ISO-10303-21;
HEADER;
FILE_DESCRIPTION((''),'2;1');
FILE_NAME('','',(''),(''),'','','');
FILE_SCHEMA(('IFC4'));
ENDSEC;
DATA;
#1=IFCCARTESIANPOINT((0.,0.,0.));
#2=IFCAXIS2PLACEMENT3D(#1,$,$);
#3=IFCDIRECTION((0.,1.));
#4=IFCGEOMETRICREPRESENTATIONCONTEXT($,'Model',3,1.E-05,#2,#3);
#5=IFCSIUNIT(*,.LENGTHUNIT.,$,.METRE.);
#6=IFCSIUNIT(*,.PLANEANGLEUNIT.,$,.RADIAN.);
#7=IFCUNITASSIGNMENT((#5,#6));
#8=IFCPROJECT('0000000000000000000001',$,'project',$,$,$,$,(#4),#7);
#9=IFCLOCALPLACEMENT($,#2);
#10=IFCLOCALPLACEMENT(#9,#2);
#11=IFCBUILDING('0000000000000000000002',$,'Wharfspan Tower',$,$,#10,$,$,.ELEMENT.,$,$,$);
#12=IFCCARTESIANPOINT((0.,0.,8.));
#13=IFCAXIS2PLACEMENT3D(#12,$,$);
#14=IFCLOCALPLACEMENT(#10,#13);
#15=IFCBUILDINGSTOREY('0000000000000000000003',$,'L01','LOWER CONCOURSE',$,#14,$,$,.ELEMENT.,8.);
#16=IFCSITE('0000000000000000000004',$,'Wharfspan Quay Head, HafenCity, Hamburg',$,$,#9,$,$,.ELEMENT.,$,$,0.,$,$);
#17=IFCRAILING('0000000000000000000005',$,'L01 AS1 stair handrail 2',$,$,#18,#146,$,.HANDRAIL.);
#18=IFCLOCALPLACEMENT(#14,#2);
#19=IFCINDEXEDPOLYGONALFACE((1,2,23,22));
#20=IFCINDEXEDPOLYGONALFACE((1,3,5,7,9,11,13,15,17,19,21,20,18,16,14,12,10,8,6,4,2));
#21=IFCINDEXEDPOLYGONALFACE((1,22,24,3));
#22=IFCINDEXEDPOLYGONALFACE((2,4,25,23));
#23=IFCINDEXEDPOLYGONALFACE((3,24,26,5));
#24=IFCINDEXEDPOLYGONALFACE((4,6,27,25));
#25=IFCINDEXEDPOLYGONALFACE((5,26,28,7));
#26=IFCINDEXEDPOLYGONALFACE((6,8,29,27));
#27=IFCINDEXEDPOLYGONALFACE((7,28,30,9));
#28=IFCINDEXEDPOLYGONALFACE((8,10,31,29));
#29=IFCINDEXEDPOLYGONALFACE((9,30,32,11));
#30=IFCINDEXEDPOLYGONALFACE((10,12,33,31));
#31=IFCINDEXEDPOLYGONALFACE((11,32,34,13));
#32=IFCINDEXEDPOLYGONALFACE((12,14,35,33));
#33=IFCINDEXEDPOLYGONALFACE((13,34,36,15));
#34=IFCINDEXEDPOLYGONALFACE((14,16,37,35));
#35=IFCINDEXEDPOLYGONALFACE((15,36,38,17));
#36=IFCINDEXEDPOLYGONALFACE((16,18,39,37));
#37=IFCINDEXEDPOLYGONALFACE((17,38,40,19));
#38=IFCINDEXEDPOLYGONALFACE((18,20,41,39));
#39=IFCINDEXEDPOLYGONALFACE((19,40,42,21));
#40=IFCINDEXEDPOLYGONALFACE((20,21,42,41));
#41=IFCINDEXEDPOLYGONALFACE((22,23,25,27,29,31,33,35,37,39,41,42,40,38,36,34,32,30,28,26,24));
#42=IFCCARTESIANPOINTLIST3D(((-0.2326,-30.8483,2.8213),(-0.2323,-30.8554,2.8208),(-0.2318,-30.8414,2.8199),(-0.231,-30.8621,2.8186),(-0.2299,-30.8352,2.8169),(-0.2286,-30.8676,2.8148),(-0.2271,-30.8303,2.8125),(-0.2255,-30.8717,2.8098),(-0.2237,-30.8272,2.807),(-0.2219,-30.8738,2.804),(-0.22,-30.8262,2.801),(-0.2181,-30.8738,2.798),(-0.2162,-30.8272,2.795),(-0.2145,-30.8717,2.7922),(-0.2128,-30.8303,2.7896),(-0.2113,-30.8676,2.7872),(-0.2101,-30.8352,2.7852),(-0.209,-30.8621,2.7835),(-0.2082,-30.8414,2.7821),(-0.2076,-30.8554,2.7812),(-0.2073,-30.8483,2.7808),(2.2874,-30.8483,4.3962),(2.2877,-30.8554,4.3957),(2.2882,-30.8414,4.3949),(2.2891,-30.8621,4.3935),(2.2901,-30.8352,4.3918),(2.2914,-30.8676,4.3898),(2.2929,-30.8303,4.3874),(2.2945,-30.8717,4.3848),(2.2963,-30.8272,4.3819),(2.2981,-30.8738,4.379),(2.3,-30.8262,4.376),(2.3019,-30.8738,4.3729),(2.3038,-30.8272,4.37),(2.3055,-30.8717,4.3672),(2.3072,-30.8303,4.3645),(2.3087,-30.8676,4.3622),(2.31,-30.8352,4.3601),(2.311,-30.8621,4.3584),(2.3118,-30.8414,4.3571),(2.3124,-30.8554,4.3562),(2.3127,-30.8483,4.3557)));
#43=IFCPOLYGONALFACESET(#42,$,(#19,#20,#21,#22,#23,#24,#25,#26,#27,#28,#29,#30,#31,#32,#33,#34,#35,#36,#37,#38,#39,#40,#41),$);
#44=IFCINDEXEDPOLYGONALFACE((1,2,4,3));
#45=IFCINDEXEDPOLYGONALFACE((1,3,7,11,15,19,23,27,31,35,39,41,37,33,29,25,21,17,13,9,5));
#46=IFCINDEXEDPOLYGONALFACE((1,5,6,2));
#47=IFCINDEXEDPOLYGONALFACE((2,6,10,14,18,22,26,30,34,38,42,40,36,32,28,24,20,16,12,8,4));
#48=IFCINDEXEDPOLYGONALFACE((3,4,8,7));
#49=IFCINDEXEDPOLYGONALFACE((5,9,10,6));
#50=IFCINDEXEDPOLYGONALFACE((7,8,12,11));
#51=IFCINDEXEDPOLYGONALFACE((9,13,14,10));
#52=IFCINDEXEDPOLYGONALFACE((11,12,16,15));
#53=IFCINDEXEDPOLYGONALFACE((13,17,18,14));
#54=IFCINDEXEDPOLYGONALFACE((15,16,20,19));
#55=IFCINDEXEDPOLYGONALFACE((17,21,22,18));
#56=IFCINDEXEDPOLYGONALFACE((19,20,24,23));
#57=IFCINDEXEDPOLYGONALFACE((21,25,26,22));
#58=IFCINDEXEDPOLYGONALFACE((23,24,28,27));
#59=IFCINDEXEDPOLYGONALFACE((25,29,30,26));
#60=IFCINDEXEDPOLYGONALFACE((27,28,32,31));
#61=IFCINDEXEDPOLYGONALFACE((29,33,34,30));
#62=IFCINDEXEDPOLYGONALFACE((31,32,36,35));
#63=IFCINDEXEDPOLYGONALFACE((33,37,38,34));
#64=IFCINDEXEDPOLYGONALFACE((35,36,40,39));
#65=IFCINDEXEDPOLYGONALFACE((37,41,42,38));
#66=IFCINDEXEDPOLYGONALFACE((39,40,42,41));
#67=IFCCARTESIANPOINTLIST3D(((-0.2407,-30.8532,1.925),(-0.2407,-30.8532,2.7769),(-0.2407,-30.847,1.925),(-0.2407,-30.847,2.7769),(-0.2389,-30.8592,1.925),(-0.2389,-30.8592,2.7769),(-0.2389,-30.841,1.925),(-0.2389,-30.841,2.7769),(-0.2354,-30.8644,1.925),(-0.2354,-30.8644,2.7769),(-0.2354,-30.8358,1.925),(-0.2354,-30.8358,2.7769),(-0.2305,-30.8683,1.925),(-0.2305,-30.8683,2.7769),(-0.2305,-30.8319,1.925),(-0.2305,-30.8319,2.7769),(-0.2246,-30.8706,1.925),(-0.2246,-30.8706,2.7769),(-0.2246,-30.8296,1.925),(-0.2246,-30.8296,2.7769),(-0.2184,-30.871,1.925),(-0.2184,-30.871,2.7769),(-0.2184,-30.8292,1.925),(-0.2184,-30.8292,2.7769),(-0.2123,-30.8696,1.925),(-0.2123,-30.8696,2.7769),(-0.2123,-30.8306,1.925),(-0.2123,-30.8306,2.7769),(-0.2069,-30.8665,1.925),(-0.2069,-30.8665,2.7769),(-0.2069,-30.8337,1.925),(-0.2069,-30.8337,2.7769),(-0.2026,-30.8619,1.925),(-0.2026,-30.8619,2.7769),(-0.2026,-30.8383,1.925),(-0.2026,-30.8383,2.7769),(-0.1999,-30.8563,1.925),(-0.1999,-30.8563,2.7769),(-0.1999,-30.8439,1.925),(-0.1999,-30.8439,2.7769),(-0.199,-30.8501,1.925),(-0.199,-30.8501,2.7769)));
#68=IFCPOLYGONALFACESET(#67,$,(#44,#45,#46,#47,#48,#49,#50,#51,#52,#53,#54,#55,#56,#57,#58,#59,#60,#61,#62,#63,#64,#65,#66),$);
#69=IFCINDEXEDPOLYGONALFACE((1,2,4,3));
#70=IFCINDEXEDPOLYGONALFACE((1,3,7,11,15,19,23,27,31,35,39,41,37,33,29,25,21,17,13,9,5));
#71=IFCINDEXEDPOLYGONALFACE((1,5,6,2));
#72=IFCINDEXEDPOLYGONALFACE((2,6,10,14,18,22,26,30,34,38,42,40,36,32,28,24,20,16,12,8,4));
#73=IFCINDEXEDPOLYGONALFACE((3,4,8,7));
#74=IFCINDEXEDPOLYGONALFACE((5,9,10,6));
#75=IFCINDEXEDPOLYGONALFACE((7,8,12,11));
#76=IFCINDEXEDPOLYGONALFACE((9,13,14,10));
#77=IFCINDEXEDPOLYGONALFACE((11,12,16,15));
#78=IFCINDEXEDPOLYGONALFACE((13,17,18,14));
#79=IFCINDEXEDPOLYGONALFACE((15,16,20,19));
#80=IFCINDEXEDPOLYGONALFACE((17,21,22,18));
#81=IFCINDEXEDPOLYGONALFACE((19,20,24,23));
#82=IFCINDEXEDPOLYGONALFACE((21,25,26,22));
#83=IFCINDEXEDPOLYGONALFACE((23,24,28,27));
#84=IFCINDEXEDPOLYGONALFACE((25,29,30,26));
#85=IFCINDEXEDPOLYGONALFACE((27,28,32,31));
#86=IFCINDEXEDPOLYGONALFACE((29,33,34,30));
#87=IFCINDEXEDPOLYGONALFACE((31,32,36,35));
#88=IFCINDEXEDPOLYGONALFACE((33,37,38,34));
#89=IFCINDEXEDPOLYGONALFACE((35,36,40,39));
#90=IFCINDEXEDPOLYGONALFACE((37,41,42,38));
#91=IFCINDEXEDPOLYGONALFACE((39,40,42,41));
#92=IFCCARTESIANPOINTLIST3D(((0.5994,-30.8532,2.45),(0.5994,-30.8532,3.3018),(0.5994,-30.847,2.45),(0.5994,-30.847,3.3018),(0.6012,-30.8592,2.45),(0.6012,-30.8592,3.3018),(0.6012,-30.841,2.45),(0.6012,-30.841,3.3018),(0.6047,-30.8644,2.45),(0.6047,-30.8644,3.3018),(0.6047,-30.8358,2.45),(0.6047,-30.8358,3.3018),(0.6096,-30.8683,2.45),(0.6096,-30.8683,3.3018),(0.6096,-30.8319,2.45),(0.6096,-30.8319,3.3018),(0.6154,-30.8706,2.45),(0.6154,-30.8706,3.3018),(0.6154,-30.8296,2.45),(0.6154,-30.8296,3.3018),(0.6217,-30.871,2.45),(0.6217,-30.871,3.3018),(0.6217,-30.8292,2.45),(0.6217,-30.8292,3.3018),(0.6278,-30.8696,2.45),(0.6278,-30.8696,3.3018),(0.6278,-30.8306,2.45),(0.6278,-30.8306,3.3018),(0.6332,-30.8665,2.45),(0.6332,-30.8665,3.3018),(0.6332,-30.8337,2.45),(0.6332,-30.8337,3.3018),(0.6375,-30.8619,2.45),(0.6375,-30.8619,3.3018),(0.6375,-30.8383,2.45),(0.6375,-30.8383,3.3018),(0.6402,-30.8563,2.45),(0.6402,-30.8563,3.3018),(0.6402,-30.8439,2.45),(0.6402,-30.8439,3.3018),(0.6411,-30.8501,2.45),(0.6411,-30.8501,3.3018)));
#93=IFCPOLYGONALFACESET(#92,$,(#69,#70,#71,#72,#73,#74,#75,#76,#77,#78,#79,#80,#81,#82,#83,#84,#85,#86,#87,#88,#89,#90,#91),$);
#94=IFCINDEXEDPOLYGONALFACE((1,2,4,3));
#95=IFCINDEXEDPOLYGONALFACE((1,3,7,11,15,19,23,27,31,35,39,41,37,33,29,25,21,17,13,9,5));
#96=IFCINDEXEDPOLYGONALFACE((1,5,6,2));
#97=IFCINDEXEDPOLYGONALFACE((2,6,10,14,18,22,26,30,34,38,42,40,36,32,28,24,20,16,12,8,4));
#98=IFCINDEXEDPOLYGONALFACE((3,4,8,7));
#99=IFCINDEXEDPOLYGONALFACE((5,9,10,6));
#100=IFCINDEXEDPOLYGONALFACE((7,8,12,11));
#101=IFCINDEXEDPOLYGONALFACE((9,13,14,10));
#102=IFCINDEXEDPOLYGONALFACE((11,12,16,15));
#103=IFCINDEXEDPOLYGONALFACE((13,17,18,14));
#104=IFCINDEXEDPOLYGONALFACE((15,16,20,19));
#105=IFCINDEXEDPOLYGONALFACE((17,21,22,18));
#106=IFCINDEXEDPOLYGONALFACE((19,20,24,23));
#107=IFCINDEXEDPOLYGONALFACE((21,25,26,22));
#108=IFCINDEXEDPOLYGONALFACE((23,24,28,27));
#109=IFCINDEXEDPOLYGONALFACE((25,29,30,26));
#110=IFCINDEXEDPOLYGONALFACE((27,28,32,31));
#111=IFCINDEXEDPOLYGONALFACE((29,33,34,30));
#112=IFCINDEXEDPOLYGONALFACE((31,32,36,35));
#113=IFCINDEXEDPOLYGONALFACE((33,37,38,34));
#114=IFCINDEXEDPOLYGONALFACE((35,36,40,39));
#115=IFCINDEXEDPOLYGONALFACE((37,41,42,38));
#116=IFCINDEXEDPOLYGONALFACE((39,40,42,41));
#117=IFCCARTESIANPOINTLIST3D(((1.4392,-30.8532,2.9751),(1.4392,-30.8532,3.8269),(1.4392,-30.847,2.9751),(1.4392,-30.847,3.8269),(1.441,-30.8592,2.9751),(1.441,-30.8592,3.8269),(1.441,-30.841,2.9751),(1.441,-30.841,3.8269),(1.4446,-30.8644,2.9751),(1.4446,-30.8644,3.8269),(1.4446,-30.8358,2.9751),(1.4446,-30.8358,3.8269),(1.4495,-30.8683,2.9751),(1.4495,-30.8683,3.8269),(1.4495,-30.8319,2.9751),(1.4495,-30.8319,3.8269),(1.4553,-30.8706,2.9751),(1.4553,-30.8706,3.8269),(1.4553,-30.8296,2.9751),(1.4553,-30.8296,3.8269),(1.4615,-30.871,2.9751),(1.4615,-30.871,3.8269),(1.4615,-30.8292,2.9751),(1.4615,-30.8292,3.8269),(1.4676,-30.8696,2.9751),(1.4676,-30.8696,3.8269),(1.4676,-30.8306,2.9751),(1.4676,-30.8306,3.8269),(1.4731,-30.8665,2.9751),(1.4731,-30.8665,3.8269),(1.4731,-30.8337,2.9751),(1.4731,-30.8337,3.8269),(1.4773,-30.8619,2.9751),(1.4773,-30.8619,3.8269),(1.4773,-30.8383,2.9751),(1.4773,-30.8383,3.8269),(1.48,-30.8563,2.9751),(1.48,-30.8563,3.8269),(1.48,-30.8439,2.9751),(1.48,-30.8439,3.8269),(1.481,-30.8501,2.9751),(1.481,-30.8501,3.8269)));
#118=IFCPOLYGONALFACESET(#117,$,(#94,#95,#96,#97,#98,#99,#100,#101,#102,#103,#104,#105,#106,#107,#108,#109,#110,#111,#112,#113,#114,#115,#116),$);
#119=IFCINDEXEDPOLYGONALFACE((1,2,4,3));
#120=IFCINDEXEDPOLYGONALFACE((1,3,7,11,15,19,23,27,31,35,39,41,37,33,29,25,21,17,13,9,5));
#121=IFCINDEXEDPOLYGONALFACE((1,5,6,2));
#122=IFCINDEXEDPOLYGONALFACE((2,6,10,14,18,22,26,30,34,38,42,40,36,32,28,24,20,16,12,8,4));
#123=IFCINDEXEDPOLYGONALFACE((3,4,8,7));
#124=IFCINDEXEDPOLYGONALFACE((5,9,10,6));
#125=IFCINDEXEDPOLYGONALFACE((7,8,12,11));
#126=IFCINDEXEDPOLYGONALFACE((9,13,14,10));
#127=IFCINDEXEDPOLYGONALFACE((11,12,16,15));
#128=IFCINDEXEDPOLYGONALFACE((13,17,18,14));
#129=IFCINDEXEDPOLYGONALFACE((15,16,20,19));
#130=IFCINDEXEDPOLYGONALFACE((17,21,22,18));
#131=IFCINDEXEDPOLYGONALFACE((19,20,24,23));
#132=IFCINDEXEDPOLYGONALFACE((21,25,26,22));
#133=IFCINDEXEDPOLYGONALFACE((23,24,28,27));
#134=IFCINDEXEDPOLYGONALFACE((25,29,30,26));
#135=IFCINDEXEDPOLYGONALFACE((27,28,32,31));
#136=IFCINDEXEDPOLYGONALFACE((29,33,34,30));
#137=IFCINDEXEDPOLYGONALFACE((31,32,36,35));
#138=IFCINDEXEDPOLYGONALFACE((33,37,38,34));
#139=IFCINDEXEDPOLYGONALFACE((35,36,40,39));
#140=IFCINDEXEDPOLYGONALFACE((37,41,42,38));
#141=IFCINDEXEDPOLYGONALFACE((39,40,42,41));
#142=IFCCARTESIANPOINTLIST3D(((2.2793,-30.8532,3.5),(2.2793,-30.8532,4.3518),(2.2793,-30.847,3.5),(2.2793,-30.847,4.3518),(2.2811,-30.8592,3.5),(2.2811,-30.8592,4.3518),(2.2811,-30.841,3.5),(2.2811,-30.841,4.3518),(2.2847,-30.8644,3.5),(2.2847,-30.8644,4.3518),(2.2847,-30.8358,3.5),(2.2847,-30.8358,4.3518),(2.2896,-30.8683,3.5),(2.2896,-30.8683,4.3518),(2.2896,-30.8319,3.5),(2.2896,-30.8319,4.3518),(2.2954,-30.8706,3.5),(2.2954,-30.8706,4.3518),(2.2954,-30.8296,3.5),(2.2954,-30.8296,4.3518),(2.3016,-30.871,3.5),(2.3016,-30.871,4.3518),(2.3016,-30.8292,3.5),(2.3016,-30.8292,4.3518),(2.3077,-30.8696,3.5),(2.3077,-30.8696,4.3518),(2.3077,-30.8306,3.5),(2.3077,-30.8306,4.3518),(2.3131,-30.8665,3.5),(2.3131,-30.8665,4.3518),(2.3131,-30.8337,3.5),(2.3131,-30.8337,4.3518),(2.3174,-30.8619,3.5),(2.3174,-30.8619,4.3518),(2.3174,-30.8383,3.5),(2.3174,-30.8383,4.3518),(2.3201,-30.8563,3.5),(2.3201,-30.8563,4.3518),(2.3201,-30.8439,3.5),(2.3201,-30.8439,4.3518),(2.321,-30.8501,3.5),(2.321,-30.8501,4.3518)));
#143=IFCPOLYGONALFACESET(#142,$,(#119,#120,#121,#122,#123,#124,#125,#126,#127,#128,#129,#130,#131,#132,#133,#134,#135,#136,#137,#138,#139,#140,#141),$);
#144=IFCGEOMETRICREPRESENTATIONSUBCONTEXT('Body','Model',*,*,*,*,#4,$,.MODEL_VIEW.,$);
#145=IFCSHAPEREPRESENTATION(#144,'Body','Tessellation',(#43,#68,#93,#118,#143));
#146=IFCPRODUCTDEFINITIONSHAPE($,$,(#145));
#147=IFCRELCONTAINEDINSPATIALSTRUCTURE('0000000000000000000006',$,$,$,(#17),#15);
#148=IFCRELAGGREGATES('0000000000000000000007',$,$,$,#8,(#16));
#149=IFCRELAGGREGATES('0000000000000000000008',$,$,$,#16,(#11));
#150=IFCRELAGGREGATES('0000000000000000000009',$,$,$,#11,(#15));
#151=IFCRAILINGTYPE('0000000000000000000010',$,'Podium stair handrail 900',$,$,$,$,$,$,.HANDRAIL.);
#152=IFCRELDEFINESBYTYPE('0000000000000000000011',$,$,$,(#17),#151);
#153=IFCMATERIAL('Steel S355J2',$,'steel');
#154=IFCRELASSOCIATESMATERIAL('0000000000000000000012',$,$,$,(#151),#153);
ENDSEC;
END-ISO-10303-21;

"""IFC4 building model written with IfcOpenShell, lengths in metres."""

from ifc_helpers import new_model, si_unit, direction, frame, origin, origin_2d, place, context, subcontext, project, spatial, circle, extrude, material, type_object, element, save


model = new_model("IFC4")

# Units and contexts
model_context = context("Model", 3, precision=1e-05, world=origin(), true_north=direction((0.0, 1.0)))
body_context = subcontext(model_context, "Body", "Model", "MODEL_VIEW")
ifc_project = project(units=[si_unit("LENGTHUNIT", "METRE"), si_unit("PLANEANGLEUNIT", "RADIAN")], contexts=[model_context])

# Site, building, storey
site_placement = place(None, origin())
site = spatial("IfcSite", under=ifc_project, at=site_placement, Name="Wharfspan Quay Head, HafenCity, Hamburg", CompositionType="ELEMENT", RefElevation=0.0)
building_placement = place(site_placement, origin())
building = spatial("IfcBuilding", under=site, at=building_placement, Name="Wharfspan Tower", CompositionType="ELEMENT")
storey_placement = place(building_placement, frame((0.0, 0.0, 8.0)))
storey = spatial("IfcBuildingStorey", under=building, at=storey_placement, Name="L01", Description="LOWER CONCOURSE", CompositionType="ELEMENT", Elevation=8.0)

# Railing
ifc_material_1 = material(Name="Steel S355J2", Category="steel")
railing_type_1 = type_object("IfcRailingType", Name="Podium stair handrail 900", PredefinedType="HANDRAIL", material=ifc_material_1)
for number, where, name in (
    (1, (-0.22, -30.8501, 1.925), "L01 AS1 stair handrail 2"),
):
    element("IfcRailing", number, at=place(storey_placement, frame(where)), inside=storey, type_object=railing_type_1, Name=name, PredefinedType="HANDRAIL", context=body_context, shape_type="SweptSolid", body=[
        extrude(circle(Radius=0.0239, at=origin_2d()), frame((0.0, 0.0, 0.876), z_axis=(0.848008, 0.0, 0.529984), x_axis=(0.0, 1.0, 0.0)), (0.0, 0.0, 1.0), 2.9717),
        extrude(circle(Radius=0.021, at=origin_2d()), origin(), (0.0, 0.0, 1.0), 0.8518),
        extrude(circle(Radius=0.021, at=origin_2d()), frame((0.8401, 0.0, 0.5249)), (0.0, 0.0, 1.0), 0.8518),
        extrude(circle(Radius=0.021, at=origin_2d()), frame((1.6799, 0.0, 1.05)), (0.0, 0.0, 1.0), 0.8518),
        extrude(circle(Radius=0.021, at=origin_2d()), frame((2.52, 0.0, 1.575)), (0.0, 0.0, 1.0), 0.8518),
    ])

save(model, "model.ifc")
